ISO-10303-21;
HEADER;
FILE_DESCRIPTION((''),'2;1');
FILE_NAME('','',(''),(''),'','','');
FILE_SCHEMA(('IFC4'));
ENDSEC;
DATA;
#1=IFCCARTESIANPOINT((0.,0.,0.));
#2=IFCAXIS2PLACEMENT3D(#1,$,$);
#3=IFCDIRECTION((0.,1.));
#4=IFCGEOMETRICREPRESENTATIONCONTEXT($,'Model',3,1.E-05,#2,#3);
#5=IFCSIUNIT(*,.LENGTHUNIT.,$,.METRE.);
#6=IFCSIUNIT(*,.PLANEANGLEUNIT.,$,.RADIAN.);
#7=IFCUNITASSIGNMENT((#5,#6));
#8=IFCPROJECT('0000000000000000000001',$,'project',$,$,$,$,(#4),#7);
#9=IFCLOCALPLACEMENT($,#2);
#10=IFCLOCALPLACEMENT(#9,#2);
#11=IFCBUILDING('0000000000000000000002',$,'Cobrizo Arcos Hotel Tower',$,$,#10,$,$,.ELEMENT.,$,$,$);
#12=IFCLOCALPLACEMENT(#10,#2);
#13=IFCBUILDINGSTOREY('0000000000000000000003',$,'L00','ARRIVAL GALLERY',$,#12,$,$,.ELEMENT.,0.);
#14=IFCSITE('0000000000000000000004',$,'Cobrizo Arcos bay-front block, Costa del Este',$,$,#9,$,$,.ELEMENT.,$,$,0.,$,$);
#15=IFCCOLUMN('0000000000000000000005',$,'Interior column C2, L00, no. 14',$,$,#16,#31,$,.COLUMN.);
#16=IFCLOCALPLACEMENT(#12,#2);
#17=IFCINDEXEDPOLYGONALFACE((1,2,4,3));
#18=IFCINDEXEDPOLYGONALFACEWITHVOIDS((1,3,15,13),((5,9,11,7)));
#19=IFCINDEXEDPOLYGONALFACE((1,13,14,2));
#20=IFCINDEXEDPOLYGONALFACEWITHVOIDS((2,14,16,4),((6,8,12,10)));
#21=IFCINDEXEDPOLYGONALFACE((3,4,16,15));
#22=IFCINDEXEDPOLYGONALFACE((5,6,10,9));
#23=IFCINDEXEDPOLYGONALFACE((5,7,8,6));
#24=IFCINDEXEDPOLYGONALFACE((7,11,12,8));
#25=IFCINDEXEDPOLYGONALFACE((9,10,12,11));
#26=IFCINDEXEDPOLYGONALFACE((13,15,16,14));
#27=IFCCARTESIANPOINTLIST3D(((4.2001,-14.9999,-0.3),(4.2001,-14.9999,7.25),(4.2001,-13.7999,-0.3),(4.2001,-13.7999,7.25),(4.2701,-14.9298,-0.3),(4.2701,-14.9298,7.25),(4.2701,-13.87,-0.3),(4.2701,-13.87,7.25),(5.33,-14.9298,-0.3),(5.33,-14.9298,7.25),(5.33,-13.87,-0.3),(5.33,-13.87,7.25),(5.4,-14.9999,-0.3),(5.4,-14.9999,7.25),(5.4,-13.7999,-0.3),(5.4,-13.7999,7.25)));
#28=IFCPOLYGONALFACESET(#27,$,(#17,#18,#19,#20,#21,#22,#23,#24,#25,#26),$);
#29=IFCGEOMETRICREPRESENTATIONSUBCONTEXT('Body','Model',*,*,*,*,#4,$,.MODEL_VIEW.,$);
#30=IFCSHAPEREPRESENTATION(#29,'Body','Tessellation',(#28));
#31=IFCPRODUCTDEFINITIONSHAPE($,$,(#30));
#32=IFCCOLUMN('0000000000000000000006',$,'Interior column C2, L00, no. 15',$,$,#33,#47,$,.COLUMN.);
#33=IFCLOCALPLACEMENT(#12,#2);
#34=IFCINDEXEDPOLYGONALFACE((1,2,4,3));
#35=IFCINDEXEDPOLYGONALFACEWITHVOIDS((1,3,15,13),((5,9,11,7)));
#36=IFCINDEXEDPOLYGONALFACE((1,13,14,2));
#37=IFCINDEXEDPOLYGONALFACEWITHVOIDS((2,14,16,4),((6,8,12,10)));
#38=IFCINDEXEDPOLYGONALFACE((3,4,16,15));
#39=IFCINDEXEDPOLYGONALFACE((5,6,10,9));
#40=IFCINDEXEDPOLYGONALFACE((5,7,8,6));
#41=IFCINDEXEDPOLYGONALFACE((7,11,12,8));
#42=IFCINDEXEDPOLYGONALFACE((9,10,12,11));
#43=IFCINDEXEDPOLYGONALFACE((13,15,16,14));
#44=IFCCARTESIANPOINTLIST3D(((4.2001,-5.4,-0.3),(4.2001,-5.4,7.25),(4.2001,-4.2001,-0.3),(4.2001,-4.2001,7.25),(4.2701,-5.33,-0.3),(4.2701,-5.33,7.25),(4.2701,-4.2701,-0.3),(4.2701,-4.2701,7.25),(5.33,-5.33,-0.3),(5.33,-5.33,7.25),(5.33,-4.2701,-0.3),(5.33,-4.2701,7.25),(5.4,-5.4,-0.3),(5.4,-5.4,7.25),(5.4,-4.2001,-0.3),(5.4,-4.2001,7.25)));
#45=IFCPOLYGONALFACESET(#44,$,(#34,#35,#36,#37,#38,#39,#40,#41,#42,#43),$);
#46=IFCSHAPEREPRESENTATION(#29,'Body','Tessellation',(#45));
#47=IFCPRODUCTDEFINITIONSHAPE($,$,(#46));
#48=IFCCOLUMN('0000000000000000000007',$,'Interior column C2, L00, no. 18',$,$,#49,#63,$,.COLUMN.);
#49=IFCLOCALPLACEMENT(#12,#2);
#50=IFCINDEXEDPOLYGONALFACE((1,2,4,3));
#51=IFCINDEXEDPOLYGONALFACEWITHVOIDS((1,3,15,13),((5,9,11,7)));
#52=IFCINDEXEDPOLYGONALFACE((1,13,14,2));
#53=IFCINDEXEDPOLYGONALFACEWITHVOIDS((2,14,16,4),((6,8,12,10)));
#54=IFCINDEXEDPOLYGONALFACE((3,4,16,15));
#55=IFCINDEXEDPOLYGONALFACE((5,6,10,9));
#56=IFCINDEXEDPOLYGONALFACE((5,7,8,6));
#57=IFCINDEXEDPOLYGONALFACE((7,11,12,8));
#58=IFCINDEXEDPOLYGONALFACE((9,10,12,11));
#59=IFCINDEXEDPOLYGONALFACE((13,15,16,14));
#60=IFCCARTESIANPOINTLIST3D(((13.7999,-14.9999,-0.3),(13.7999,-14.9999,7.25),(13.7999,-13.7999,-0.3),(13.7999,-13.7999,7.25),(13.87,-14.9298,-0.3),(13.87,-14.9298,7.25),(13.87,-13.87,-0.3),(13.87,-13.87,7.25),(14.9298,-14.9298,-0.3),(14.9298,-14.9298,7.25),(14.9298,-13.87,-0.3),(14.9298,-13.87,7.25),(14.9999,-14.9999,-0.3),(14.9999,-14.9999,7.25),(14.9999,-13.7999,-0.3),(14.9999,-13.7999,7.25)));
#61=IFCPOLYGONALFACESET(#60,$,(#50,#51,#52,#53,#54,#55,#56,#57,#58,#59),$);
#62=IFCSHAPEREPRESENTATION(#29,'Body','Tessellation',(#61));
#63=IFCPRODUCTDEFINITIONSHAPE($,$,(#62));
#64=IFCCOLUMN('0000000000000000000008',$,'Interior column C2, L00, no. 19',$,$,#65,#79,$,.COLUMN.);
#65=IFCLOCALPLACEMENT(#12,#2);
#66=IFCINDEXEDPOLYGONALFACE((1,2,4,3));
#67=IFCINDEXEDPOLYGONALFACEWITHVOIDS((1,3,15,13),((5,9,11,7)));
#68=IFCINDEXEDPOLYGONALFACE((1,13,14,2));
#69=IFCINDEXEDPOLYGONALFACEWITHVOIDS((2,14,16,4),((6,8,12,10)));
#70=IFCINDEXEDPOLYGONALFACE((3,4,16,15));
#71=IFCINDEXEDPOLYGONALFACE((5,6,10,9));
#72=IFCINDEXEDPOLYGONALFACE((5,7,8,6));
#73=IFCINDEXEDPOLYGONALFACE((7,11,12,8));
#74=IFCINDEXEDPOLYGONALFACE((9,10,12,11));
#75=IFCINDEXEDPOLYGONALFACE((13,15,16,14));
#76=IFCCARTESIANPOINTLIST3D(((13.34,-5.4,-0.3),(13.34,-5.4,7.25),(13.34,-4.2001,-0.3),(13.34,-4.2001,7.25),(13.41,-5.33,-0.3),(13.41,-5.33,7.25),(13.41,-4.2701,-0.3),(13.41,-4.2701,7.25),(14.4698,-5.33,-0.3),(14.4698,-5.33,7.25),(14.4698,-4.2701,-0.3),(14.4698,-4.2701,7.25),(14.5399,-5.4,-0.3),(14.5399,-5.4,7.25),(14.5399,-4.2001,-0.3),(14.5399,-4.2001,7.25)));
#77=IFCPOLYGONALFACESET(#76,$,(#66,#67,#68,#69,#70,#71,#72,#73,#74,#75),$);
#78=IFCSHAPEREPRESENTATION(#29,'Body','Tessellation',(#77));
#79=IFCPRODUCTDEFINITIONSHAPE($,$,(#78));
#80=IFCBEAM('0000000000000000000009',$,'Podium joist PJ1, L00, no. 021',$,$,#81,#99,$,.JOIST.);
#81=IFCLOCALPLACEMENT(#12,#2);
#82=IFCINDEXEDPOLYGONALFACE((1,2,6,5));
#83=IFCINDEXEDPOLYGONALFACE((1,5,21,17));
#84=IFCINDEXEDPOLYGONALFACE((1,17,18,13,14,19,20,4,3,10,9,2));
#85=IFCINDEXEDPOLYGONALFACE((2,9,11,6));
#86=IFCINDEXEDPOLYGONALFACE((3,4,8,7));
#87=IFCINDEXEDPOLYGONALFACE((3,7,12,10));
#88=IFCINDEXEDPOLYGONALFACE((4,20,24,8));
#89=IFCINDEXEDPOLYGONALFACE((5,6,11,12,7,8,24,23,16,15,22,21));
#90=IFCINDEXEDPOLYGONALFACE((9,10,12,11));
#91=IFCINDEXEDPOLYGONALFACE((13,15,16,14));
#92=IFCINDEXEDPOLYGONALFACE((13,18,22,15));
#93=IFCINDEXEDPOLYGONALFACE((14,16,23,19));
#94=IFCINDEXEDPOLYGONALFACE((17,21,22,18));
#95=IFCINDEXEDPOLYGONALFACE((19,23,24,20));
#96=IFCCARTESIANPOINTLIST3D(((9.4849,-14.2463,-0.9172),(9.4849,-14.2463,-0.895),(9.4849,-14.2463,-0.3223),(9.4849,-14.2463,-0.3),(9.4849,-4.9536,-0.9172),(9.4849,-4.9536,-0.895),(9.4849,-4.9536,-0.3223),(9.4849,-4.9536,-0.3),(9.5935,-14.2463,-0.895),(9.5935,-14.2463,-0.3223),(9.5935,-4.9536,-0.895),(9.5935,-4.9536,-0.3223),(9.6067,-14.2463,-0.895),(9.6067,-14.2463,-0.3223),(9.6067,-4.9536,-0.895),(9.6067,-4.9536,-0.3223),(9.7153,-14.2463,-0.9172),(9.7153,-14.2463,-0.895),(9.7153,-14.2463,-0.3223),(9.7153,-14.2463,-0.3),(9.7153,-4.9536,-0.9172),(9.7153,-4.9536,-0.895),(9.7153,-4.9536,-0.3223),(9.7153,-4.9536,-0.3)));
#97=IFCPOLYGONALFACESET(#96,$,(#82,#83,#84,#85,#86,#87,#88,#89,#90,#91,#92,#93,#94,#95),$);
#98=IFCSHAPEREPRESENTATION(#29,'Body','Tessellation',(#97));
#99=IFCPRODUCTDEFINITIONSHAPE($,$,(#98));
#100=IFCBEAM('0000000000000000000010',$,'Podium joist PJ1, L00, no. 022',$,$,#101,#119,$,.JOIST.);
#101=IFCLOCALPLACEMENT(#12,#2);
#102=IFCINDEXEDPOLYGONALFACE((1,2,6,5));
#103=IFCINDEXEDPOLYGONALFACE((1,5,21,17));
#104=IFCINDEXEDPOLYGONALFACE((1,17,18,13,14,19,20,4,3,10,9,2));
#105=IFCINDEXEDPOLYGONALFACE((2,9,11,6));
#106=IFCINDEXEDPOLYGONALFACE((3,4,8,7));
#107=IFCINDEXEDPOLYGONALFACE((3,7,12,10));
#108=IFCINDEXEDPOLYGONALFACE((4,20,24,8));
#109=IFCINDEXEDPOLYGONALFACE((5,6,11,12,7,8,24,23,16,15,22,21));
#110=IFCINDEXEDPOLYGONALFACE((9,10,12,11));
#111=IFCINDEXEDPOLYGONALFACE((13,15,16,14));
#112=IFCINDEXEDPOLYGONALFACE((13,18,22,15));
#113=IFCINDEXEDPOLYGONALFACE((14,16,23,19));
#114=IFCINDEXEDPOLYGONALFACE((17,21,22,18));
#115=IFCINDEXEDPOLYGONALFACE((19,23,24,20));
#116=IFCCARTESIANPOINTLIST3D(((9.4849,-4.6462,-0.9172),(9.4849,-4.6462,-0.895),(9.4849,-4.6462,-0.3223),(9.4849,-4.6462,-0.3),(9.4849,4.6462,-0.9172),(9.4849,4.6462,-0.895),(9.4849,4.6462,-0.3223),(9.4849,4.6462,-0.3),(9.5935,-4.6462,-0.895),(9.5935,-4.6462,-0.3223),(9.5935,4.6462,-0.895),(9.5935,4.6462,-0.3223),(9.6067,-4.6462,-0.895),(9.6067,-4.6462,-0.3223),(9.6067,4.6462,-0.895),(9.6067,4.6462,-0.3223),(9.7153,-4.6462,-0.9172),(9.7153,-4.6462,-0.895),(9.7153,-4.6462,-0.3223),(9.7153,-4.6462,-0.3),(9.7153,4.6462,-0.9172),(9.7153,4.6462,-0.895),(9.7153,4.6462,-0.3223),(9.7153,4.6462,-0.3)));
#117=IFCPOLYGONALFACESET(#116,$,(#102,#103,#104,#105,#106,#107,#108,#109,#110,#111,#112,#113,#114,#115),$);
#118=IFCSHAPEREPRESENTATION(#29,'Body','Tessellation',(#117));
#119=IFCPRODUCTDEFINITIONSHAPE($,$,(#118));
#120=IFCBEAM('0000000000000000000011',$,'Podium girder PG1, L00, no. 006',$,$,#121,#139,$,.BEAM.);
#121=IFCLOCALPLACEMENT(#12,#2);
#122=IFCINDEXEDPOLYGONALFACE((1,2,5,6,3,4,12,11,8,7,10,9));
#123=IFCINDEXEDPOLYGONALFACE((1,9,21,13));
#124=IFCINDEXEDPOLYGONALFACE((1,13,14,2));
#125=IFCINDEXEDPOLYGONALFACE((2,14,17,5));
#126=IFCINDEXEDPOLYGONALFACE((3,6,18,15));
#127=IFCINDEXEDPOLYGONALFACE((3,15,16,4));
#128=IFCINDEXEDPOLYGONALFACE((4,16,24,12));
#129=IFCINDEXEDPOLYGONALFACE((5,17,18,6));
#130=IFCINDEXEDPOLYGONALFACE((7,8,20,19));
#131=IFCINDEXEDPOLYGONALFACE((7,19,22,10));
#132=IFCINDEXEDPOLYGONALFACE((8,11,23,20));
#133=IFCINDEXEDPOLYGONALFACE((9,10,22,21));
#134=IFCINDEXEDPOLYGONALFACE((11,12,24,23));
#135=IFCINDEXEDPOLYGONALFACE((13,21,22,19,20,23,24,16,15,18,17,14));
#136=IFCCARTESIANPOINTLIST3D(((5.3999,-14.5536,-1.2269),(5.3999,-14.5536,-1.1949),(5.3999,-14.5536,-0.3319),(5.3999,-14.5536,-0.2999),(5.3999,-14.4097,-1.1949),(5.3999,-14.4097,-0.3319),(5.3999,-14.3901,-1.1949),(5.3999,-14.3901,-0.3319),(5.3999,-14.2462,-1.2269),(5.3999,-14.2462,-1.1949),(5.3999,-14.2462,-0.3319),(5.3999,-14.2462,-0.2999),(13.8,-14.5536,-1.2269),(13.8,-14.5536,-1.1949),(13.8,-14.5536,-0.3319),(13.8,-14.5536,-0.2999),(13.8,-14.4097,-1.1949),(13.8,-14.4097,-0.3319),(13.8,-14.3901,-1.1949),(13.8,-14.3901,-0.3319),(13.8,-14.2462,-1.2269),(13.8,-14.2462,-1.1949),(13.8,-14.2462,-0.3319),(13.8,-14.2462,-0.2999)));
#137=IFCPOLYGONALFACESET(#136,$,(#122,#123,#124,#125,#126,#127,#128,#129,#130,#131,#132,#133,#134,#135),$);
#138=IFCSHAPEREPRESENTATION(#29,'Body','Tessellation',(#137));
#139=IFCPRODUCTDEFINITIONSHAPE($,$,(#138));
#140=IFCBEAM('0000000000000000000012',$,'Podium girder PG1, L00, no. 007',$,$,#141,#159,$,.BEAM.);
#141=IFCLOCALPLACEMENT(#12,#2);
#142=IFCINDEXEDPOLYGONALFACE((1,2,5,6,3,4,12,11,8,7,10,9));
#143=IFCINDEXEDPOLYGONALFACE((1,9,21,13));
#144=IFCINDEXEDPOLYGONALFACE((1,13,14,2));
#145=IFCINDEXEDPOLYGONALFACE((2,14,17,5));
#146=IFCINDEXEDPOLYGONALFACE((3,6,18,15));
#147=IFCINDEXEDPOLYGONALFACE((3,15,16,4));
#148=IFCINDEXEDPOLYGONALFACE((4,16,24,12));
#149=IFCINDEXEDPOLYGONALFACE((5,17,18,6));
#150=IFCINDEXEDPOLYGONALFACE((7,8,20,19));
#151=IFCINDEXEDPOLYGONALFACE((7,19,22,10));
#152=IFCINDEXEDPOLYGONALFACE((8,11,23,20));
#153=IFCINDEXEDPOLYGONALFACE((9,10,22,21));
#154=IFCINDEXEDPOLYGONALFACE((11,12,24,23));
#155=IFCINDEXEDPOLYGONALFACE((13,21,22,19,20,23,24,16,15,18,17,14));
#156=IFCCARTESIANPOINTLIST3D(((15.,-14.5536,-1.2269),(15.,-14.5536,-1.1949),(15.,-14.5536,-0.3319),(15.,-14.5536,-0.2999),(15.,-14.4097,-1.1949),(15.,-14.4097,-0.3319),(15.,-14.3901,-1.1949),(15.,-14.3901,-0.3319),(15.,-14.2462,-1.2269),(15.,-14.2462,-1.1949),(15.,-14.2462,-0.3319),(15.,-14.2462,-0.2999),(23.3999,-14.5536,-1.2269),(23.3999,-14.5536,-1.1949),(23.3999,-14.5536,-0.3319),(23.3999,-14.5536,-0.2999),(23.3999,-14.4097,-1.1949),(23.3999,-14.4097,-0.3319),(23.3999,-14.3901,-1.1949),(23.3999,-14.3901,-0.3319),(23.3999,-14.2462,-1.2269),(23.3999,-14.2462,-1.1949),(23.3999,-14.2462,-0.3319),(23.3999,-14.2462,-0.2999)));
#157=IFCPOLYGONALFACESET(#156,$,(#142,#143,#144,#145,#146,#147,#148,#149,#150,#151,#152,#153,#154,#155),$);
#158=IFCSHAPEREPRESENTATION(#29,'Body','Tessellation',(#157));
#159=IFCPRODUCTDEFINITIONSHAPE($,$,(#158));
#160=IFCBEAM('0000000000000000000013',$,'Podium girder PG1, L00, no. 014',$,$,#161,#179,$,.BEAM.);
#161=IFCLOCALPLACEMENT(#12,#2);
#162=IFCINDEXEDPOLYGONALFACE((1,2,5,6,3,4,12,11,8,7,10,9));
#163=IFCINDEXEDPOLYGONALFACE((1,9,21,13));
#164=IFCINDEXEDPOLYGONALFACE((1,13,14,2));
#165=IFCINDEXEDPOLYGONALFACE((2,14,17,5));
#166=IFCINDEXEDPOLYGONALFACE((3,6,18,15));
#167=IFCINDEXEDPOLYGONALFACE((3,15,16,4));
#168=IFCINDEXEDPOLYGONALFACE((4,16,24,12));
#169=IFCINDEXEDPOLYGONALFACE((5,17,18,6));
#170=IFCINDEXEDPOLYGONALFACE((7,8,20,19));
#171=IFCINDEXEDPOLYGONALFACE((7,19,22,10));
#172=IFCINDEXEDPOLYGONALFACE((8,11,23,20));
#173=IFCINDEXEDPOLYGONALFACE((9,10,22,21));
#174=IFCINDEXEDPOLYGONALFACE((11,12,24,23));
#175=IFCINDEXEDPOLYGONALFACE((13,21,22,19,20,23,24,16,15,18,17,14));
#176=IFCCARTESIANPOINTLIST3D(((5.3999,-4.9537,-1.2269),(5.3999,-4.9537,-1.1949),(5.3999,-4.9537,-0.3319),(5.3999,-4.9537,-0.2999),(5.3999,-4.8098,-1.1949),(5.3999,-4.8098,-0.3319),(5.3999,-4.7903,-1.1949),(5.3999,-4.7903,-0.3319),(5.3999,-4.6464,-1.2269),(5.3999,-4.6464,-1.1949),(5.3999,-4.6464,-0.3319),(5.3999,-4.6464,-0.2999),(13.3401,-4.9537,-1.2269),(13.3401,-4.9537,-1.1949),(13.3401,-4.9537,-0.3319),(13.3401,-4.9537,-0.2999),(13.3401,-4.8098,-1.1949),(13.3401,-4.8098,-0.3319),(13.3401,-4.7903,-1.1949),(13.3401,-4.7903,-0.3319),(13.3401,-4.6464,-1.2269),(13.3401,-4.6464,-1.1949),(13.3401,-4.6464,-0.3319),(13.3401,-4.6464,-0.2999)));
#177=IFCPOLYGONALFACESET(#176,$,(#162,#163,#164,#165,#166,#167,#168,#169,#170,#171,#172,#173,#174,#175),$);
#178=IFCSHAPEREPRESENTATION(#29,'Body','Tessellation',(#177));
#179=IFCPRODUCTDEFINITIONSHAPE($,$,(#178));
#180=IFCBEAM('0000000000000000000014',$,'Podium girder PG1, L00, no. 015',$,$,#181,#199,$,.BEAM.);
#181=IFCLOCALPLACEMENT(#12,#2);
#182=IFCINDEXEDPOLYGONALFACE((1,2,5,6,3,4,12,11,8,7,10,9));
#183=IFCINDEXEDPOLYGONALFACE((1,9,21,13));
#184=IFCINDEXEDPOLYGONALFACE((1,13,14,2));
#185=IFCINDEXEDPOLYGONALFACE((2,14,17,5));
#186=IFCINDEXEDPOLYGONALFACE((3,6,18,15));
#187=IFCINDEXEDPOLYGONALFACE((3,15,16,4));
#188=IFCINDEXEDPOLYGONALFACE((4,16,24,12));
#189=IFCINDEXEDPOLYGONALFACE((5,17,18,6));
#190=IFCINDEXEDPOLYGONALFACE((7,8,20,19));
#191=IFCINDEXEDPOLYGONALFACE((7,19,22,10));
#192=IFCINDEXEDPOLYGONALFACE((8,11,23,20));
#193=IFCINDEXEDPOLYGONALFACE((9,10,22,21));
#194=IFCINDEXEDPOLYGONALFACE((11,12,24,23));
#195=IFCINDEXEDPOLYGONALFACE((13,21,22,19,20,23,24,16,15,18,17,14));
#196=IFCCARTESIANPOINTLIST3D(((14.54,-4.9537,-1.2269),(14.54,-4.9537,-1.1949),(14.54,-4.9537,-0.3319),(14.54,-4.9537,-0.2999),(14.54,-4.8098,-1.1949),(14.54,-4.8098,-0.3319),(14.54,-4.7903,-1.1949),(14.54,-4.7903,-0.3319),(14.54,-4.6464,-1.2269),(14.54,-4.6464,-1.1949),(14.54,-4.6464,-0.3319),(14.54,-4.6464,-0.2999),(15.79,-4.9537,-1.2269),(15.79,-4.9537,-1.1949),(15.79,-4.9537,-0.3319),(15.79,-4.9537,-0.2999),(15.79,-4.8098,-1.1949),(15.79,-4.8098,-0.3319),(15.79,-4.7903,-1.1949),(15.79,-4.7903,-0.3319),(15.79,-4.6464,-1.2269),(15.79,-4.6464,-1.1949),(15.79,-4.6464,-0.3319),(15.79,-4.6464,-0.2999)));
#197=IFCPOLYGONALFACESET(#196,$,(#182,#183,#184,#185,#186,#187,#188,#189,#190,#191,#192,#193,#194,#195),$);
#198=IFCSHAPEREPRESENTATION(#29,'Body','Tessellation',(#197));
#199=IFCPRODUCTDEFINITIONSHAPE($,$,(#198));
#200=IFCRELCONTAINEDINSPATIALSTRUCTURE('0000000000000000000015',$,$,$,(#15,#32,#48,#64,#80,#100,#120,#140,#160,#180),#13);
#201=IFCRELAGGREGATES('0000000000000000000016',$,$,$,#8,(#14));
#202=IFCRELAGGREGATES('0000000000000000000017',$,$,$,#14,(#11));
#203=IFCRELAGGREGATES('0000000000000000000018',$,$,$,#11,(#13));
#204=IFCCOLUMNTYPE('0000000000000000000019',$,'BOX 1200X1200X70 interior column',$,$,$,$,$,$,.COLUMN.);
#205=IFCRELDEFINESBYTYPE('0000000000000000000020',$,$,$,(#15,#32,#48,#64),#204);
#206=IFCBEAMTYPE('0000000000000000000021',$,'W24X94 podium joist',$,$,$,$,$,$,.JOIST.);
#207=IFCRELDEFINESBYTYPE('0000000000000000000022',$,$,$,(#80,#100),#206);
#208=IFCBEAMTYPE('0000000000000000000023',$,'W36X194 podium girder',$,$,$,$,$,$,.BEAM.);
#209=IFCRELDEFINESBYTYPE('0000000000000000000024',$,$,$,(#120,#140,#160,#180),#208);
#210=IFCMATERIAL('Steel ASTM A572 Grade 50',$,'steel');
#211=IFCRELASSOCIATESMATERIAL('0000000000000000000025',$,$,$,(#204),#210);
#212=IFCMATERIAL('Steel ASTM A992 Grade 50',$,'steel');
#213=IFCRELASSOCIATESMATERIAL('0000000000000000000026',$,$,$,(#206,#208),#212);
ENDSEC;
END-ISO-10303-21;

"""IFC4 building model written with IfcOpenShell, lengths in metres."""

from ifc_helpers import new_model, si_unit, direction, frame, origin, origin_2d, place, context, subcontext, project, spatial, hollow_rectangle, i_section, extrude, material, material_profile, profile_set, type_object, element, save


model = new_model("IFC4")

# Units and contexts
model_context = context("Model", 3, precision=1e-05, world=origin(), true_north=direction((0.0, 1.0)))
body_context = subcontext(model_context, "Body", "Model", "MODEL_VIEW")
ifc_project = project(units=[si_unit("LENGTHUNIT", "METRE"), si_unit("PLANEANGLEUNIT", "RADIAN")], contexts=[model_context])

# Site, building, storey
site_placement = place(None, origin())
site = spatial("IfcSite", under=ifc_project, at=site_placement, Name="Cobrizo Arcos bay-front block, Costa del Este", CompositionType="ELEMENT", RefElevation=0.0)
building_placement = place(site_placement, origin())
building = spatial("IfcBuilding", under=site, at=building_placement, Name="Cobrizo Arcos Hotel Tower", CompositionType="ELEMENT")
storey_placement = place(building_placement, origin())
storey = spatial("IfcBuildingStorey", under=building, at=storey_placement, Name="L00", Description="ARRIVAL GALLERY", CompositionType="ELEMENT", Elevation=0.0)

# Columns
ifc_material_1 = material(Name="Steel ASTM A572 Grade 50", Category="steel")
ifc_material_profile_1 = material_profile(ifc_material_1, hollow_rectangle(XDim=1.2, YDim=1.2, WallThickness=0.0701, at=origin_2d()), Name="BOX 1200X1200X70")
ifc_profile_set_1 = profile_set([ifc_material_profile_1], Name="Steel ASTM A572 Grade 50")
column_type = type_object("IfcColumnType", Name="BOX 1200X1200X70 interior column", PredefinedType="COLUMN", material=ifc_profile_set_1)
for number, where, z_axis, x_axis, name in (
    (1, (4.8, -14.3999, -0.3), (0.0, 0.0, 1.0), (1.0, 0.0, 0.0), "Interior column C2, L00, no. 14"),
    (2, (4.8, -4.8, -0.3), (0.0, 0.0, 1.0), (1.0, 0.0, 0.0), "Interior column C2, L00, no. 15"),
    (3, (14.3999, -14.3999, -0.3), (0.0, 0.0, 1.0), (1.0, 0.0, 0.0), "Interior column C2, L00, no. 18"),
    (4, (13.9399, -4.8, -0.3), (0.0, 0.0, 1.0), (1.0, 0.0, 0.0), "Interior column C2, L00, no. 19"),
):
    element("IfcColumn", number, at=place(storey_placement, frame(where, z_axis=z_axis, x_axis=x_axis)), inside=storey, type_object=column_type, Name=name, PredefinedType="COLUMN", context=body_context, shape_type="SweptSolid", body=[
        extrude(hollow_rectangle(XDim=1.2, YDim=1.2, WallThickness=0.0701, at=origin_2d()), origin(), (0.0, 0.0, 1.0), 7.55),
    ])

# Beams
ifc_material_2 = material(Name="Steel ASTM A992 Grade 50", Category="steel")
ifc_material_profile_2 = material_profile(ifc_material_2, i_section(OverallWidth=0.2305, OverallDepth=0.6172, WebThickness=0.0132, FlangeThickness=0.0222, at=origin_2d()), Name="W24X94")
ifc_profile_set_2 = profile_set([ifc_material_profile_2], Name="Steel ASTM A992 Grade 50")
beam_type_1 = type_object("IfcBeamType", Name="W24X94 podium joist", PredefinedType="JOIST", material=ifc_profile_set_2)
beam_1_placement = place(storey_placement, frame((9.6001, -14.2463, -0.6086), z_axis=(0.0, 1.0, 0.0), x_axis=(-1.0, 0.0, 0.0)))
element("IfcBeam", 5, at=beam_1_placement, inside=storey, type_object=beam_type_1, Name="Podium joist PJ1, L00, no. 021", PredefinedType="JOIST", context=body_context, shape_type="SweptSolid", body=[
    extrude(i_section(OverallWidth=0.2305, OverallDepth=0.6172, WebThickness=0.0132, FlangeThickness=0.0222, at=origin_2d()), origin(), (0.0, 0.0, 1.0), 9.2927),
])
beam_2_placement = place(storey_placement, frame((9.6001, -4.6462, -0.6086), z_axis=(0.0, 1.0, 0.0), x_axis=(-1.0, 0.0, 0.0)))
element("IfcBeam", 6, at=beam_2_placement, inside=storey, type_object=beam_type_1, Name="Podium joist PJ1, L00, no. 022", PredefinedType="JOIST", context=body_context, shape_type="SweptSolid", body=[
    extrude(i_section(OverallWidth=0.2305, OverallDepth=0.6172, WebThickness=0.0132, FlangeThickness=0.0222, at=origin_2d()), origin(), (0.0, 0.0, 1.0), 9.2925),
])
ifc_material_profile_3 = material_profile(ifc_material_2, i_section(OverallWidth=0.3074, OverallDepth=0.927, WebThickness=0.0195, FlangeThickness=0.032, at=origin_2d()), Name="W36X194")
ifc_profile_set_3 = profile_set([ifc_material_profile_3], Name="Steel ASTM A992 Grade 50")
beam_type_2 = type_object("IfcBeamType", Name="W36X194 podium girder", PredefinedType="BEAM", material=ifc_profile_set_3)
beam_3_placement = place(storey_placement, frame((5.3999, -14.3999, -0.7634), z_axis=(1.0, 0.0, 0.0), x_axis=(0.0, 1.0, 0.0)))
element("IfcBeam", 7, at=beam_3_placement, inside=storey, type_object=beam_type_2, Name="Podium girder PG1, L00, no. 006", PredefinedType="BEAM", context=body_context, shape_type="SweptSolid", body=[
    extrude(i_section(OverallWidth=0.3074, OverallDepth=0.927, WebThickness=0.0195, FlangeThickness=0.032, at=origin_2d()), origin(), (0.0, 0.0, 1.0), 8.4001),
])
beam_4_placement = place(storey_placement, frame((15.0, -14.3999, -0.7634), z_axis=(1.0, 0.0, 0.0), x_axis=(0.0, 1.0, 0.0)))
element("IfcBeam", 8, at=beam_4_placement, inside=storey, type_object=beam_type_2, Name="Podium girder PG1, L00, no. 007", PredefinedType="BEAM", context=body_context, shape_type="SweptSolid", body=[
    extrude(i_section(OverallWidth=0.3074, OverallDepth=0.927, WebThickness=0.0195, FlangeThickness=0.032, at=origin_2d()), origin(), (0.0, 0.0, 1.0), 8.3999),
])
beam_5_placement = place(storey_placement, frame((5.3999, -4.8, -0.7634), z_axis=(1.0, 0.0, 0.0), x_axis=(0.0, 1.0, 0.0)))
element("IfcBeam", 9, at=beam_5_placement, inside=storey, type_object=beam_type_2, Name="Podium girder PG1, L00, no. 014", PredefinedType="BEAM", context=body_context, shape_type="SweptSolid", body=[
    extrude(i_section(OverallWidth=0.3074, OverallDepth=0.927, WebThickness=0.0195, FlangeThickness=0.032, at=origin_2d()), origin(), (0.0, 0.0, 1.0), 7.9402),
])
beam_6_placement = place(storey_placement, frame((14.54, -4.8, -0.7634), z_axis=(1.0, 0.0, 0.0), x_axis=(0.0, 1.0, 0.0)))
element("IfcBeam", 10, at=beam_6_placement, inside=storey, type_object=beam_type_2, Name="Podium girder PG1, L00, no. 015", PredefinedType="BEAM", context=body_context, shape_type="SweptSolid", body=[
    extrude(i_section(OverallWidth=0.3074, OverallDepth=0.927, WebThickness=0.0195, FlangeThickness=0.032, at=origin_2d()), origin(), (0.0, 0.0, 1.0), 1.25),
])

save(model, "model.ifc")
